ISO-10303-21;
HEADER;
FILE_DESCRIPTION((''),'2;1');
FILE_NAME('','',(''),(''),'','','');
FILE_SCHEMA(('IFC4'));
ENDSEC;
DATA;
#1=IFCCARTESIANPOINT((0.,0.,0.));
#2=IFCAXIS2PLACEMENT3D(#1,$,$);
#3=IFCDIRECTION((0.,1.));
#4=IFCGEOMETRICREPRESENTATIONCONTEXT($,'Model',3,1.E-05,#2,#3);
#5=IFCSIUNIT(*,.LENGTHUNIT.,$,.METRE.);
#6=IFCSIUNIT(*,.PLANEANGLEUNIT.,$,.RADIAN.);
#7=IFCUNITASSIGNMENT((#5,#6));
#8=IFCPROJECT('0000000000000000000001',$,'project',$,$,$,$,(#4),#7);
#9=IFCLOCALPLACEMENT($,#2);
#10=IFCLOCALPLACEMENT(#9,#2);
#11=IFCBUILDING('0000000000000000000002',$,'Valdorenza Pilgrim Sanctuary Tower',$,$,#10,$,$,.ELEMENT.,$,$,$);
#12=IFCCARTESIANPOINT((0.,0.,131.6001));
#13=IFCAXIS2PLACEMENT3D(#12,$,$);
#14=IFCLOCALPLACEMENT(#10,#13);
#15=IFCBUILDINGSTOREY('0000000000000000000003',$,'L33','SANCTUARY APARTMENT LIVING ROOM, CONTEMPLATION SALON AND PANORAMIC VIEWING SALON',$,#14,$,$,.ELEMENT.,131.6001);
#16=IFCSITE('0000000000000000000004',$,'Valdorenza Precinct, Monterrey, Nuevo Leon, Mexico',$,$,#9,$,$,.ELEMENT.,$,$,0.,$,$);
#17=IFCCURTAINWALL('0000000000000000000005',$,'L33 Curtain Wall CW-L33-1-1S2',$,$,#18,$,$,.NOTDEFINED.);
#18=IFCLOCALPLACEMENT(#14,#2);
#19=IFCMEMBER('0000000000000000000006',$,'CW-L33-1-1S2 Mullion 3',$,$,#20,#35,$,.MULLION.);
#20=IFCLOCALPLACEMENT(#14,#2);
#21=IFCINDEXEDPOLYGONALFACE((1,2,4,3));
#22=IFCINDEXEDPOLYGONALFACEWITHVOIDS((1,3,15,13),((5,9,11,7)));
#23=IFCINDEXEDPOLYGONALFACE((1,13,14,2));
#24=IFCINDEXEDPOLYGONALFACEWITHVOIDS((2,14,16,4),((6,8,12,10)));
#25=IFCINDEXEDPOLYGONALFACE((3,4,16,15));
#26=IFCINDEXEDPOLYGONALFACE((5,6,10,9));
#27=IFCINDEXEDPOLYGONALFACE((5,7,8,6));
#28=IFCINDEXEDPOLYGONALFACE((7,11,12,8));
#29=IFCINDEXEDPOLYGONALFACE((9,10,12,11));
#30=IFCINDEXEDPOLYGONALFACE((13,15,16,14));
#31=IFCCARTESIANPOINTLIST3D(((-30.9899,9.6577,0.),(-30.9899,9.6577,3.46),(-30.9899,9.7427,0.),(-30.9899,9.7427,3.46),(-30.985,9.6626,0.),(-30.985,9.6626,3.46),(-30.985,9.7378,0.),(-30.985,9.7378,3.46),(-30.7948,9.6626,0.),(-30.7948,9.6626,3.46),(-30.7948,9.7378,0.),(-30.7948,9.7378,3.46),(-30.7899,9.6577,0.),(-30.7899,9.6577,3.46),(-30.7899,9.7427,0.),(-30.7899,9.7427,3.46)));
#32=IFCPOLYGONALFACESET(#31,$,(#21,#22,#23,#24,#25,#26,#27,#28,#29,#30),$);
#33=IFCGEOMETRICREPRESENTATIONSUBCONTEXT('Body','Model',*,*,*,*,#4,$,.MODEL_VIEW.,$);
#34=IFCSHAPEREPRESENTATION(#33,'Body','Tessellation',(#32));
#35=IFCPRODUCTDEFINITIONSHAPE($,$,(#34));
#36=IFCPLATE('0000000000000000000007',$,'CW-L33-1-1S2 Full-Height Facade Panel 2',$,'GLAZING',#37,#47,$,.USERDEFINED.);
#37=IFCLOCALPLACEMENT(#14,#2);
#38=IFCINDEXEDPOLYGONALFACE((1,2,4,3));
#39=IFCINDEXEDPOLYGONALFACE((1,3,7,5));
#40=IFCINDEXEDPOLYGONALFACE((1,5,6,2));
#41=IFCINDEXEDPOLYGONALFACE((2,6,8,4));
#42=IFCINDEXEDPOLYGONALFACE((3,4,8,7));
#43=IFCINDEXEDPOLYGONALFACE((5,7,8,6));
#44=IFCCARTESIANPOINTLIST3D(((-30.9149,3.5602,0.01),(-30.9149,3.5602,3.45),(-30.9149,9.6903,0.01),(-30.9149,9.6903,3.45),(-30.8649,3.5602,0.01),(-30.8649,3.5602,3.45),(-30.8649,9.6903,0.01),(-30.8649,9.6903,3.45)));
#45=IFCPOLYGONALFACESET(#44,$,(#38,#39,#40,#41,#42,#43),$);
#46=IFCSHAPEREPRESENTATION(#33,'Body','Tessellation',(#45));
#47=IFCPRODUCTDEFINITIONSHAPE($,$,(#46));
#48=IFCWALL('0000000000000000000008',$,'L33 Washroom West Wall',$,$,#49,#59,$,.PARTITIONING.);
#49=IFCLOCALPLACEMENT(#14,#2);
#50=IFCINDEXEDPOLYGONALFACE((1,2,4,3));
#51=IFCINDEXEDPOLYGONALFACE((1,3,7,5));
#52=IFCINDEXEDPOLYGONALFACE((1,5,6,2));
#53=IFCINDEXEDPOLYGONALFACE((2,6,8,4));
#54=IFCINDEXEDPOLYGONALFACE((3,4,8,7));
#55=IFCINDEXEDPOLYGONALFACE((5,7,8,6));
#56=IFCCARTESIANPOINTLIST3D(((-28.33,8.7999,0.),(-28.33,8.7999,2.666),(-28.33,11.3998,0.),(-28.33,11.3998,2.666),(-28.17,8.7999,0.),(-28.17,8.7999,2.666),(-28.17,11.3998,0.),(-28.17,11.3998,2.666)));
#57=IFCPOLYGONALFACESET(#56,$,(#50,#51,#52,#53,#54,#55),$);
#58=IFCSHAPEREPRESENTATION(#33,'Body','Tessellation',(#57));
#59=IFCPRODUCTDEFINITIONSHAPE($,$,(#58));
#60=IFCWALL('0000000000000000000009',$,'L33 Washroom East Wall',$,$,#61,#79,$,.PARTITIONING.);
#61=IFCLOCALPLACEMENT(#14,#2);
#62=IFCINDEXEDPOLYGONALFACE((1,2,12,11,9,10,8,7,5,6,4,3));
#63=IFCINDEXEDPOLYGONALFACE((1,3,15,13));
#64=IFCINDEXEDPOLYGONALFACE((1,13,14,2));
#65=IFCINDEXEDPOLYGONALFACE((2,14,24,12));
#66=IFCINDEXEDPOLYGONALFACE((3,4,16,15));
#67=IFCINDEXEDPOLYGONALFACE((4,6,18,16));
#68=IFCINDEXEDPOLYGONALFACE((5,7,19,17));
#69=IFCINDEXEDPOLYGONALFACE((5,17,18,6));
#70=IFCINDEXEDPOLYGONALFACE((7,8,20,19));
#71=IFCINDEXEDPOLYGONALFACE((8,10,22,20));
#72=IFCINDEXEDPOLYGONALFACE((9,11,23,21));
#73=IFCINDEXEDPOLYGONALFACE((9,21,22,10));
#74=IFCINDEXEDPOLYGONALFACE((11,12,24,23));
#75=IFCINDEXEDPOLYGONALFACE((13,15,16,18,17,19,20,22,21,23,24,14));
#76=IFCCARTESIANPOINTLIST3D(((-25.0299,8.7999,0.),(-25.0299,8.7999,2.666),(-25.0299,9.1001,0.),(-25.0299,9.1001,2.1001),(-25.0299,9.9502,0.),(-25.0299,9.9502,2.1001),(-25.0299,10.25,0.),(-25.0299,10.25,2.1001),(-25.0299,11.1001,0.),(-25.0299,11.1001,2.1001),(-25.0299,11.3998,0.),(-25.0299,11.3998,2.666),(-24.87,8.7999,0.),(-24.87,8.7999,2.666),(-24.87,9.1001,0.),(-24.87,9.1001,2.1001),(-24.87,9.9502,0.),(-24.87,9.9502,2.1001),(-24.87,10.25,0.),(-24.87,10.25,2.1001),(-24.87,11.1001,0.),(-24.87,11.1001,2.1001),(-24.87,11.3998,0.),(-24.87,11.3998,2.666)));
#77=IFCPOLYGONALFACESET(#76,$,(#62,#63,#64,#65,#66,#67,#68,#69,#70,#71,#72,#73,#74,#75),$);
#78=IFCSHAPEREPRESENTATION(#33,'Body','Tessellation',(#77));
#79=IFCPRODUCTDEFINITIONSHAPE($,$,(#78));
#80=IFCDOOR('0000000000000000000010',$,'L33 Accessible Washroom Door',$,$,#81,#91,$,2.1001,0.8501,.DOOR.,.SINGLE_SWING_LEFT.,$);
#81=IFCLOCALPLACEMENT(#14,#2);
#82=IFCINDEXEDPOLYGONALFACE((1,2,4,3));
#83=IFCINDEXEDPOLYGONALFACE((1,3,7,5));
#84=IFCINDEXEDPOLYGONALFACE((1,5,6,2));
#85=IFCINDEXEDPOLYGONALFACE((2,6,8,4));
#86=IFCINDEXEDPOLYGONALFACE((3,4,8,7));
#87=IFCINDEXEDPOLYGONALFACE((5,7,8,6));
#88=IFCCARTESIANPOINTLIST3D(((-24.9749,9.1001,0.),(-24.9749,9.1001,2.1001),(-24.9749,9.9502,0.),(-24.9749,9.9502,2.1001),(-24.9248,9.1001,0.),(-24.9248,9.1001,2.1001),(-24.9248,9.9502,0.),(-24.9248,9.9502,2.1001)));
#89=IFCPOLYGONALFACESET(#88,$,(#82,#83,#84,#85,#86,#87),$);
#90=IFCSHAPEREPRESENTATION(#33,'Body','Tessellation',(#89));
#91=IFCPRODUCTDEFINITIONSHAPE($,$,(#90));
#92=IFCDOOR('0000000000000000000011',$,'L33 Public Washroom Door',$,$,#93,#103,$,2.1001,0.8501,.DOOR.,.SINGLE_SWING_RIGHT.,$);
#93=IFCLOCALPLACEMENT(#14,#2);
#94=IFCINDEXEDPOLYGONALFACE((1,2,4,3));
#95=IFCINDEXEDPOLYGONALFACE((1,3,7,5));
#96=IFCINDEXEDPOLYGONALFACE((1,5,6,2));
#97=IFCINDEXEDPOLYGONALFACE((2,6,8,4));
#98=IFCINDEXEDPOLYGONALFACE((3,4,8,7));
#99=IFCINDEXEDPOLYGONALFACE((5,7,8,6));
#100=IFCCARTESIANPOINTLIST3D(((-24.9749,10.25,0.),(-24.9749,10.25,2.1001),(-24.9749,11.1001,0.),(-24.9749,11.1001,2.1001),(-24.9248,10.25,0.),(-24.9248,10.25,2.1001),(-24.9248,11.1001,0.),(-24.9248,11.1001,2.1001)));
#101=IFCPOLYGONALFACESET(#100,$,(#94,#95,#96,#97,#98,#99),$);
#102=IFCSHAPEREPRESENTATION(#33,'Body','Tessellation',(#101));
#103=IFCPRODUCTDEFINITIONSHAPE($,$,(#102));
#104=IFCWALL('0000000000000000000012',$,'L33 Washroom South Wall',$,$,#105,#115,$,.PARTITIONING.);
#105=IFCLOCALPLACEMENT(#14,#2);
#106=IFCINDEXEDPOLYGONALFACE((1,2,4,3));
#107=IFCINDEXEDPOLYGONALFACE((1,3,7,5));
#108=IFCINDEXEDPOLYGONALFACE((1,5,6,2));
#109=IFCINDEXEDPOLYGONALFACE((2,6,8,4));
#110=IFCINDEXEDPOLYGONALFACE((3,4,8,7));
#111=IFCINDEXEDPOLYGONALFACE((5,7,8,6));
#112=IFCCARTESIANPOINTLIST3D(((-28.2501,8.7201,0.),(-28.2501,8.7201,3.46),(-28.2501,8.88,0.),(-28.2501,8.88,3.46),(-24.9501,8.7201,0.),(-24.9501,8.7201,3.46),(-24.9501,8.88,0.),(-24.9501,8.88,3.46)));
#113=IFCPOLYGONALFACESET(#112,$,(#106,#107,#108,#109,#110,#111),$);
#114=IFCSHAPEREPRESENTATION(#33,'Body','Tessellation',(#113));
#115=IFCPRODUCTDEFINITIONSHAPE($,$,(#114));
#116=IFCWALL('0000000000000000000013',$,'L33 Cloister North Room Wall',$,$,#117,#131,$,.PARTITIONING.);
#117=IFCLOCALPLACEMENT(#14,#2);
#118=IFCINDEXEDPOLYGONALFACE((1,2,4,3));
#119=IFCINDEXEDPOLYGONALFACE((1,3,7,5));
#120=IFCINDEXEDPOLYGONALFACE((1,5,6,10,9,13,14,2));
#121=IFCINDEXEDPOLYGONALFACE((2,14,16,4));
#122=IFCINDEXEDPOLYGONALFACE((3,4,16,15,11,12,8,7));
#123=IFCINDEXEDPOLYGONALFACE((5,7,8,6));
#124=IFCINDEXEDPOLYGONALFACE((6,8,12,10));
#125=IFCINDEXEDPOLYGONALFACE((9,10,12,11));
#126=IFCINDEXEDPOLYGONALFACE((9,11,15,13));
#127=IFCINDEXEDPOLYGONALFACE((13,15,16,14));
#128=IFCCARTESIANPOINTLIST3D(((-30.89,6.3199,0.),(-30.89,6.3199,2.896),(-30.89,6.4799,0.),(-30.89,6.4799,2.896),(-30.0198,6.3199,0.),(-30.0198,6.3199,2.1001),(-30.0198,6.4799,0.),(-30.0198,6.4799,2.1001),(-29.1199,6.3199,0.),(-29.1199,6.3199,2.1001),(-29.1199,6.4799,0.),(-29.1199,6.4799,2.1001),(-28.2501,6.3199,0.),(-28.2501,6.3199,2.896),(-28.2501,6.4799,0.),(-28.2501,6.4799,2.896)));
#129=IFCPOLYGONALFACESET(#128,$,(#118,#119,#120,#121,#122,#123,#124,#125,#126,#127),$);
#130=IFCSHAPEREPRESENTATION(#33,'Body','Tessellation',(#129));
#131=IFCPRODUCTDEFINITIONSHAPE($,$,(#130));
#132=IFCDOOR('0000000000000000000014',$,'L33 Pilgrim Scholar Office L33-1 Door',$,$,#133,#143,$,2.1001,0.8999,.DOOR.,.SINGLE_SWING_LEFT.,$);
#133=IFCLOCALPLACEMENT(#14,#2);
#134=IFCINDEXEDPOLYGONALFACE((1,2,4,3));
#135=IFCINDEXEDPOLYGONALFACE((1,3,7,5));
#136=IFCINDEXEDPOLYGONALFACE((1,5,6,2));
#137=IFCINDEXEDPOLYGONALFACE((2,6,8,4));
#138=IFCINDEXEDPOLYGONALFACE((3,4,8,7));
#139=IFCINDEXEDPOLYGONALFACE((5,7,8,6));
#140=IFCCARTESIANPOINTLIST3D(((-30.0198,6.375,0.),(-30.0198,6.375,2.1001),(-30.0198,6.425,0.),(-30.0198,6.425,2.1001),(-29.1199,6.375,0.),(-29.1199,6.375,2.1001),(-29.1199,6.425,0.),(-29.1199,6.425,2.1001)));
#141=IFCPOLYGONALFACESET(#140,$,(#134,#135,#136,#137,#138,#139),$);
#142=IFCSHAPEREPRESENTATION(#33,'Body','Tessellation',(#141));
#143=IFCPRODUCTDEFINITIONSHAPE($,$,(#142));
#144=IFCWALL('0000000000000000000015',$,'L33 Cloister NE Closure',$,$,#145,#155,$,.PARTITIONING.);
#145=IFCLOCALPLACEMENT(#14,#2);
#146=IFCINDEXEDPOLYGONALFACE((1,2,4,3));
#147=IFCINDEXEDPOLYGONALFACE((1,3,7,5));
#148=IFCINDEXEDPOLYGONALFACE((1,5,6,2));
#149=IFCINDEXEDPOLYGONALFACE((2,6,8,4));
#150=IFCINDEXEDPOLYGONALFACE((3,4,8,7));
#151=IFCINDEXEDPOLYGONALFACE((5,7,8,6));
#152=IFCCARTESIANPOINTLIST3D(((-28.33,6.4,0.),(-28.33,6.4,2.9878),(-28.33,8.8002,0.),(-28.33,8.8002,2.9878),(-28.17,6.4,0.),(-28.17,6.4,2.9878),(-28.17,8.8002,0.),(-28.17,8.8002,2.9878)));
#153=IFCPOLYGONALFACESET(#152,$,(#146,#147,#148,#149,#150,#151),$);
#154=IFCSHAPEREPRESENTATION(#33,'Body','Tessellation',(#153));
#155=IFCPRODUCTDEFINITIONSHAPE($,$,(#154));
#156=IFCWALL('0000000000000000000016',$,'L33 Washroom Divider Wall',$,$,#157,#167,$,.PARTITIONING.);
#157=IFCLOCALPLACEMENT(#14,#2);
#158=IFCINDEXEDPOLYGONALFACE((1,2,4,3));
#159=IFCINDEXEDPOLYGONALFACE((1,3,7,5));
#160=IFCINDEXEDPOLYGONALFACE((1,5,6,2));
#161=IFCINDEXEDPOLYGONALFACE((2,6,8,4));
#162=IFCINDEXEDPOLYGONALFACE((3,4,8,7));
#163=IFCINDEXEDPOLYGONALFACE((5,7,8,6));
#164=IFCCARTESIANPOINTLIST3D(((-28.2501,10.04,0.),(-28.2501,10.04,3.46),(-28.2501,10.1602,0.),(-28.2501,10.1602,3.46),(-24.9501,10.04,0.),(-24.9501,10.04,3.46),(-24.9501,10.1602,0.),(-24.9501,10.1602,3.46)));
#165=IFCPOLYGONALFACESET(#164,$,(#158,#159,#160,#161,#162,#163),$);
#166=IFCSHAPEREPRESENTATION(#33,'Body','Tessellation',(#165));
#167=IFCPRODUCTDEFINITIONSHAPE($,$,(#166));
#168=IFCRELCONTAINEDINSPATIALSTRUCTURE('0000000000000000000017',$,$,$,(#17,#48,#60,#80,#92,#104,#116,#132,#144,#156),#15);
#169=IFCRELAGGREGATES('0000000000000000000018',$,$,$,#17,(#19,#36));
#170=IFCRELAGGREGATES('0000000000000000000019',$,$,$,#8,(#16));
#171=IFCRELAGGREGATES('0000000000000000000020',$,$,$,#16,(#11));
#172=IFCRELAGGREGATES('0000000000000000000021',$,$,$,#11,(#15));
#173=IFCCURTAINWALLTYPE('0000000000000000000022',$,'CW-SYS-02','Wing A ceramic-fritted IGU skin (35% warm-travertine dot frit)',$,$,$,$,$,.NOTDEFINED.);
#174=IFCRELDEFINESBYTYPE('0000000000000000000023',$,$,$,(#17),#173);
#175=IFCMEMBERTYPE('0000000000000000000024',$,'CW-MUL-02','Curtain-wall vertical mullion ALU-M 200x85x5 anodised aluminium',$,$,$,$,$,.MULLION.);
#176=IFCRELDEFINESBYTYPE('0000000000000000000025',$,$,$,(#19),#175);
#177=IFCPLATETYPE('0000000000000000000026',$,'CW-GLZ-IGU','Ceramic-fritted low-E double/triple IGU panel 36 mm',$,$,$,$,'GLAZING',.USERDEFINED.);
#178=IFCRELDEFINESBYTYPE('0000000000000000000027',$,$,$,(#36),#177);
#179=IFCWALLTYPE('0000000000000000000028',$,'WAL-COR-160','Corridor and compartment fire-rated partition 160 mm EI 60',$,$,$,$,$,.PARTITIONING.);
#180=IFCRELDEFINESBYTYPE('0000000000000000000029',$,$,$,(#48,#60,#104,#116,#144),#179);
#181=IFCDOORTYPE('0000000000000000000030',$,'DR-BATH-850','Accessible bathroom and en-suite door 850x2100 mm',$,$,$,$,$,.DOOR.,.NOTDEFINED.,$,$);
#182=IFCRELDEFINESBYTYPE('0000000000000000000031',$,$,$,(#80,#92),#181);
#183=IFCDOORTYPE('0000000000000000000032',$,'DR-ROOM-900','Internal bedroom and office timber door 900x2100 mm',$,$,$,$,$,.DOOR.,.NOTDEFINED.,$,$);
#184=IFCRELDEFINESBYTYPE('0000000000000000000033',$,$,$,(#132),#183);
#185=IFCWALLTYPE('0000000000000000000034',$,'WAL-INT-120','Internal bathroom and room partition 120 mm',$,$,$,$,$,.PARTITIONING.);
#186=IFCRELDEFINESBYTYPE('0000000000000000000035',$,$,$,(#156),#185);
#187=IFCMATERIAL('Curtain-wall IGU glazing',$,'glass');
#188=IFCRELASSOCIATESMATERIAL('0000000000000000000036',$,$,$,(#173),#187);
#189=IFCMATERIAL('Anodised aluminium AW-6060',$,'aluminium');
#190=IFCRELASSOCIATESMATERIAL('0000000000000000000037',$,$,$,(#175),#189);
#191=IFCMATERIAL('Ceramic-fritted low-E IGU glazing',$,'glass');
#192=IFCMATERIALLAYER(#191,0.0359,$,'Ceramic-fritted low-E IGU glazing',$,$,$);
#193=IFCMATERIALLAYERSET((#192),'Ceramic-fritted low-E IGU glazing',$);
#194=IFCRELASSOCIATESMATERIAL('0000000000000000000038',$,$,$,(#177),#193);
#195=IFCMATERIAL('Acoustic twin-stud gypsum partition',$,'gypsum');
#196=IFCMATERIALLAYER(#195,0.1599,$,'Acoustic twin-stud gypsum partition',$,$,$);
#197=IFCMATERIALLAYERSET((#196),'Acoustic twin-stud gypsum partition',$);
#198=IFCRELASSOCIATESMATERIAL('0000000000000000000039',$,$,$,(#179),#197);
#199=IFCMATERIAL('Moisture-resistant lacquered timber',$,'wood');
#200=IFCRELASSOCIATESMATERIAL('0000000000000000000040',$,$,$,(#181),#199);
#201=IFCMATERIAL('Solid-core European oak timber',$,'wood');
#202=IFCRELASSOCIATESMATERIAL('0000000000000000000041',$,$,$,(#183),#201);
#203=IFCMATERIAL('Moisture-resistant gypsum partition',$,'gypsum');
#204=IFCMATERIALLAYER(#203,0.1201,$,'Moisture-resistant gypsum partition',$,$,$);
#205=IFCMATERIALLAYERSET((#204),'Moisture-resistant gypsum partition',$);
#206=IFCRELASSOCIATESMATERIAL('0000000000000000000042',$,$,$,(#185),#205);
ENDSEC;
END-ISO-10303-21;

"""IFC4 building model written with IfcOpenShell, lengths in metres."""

from ifc_helpers import new_model, si_unit, direction, frame, frame_2d, origin, origin_2d, place, context, subcontext, project, spatial, rectangle, hollow_rectangle, extrude, source, transform, mapped, material, layer, layer_set, material_profile, profile_set, type_object, element, fill, aggregate, save


model = new_model("IFC4")

# Units and contexts
model_context = context("Model", 3, precision=1e-05, world=origin(), true_north=direction((0.0, 1.0)))
body_context = subcontext(model_context, "Body", "Model", "MODEL_VIEW")
ifc_project = project(units=[si_unit("LENGTHUNIT", "METRE"), si_unit("PLANEANGLEUNIT", "RADIAN")], contexts=[model_context])

# Site, building, storey
site_placement = place(None, origin())
site = spatial("IfcSite", under=ifc_project, at=site_placement, Name="Valdorenza Precinct, Monterrey, Nuevo Leon, Mexico", CompositionType="ELEMENT", RefElevation=0.0)
building_placement = place(site_placement, origin())
building = spatial("IfcBuilding", under=site, at=building_placement, Name="Valdorenza Pilgrim Sanctuary Tower", CompositionType="ELEMENT")
storey_placement = place(building_placement, frame((0.0, 0.0, 131.6001)))
storey = spatial("IfcBuildingStorey", under=building, at=storey_placement, Name="L33", Description="SANCTUARY APARTMENT LIVING ROOM, CONTEMPLATION SALON AND PANORAMIC VIEWING SALON", CompositionType="ELEMENT", Elevation=131.6001)

# Curtain wall, member, plate
ifc_material_1 = material(Name="Curtain-wall IGU glazing", Category="glass")
curtain_wall_type = type_object("IfcCurtainWallType", Name="CW-SYS-02", Description="Wing A ceramic-fritted IGU skin (35% warm-travertine dot frit)", PredefinedType="NOTDEFINED", material=ifc_material_1)
curtain_wall_placement = place(storey_placement, origin())
curtain_wall = element("IfcCurtainWall", 1, at=curtain_wall_placement, inside=storey, type_object=curtain_wall_type, Name="L33 Curtain Wall CW-L33-1-1S2", PredefinedType="NOTDEFINED")
ifc_material_2 = material(Name="Anodised aluminium AW-6060", Category="aluminium")
ifc_material_profile_1 = material_profile(ifc_material_2, hollow_rectangle(XDim=0.085, YDim=0.2, WallThickness=0.0049, at=origin_2d()), Name="ALU-M 200x85x5")
ifc_profile_set_1 = profile_set([ifc_material_profile_1], Name="Anodised aluminium AW-6060")
member_type = type_object("IfcMemberType", Name="CW-MUL-02", Description="Curtain-wall vertical mullion ALU-M 200x85x5 anodised aluminium", PredefinedType="MULLION", material=ifc_profile_set_1)
shared_shape_1 = source(origin(), body_context, "Body", "SweptSolid", [
    extrude(hollow_rectangle(XDim=0.085, YDim=0.2, WallThickness=0.0049, at=origin_2d()), origin(), (0.0, 0.0, 1.0), 3.46),
])
member_placement = place(storey_placement, frame((-30.8899, 9.7002, 0.0), z_axis=(0.0, 0.0, 1.0), x_axis=(0.0, 1.0, 0.0)))
member = element("IfcMember", 2, at=member_placement, type_object=member_type, Name="CW-L33-1-1S2 Mullion 3", PredefinedType="MULLION", context=body_context, shape_type="MappedRepresentation", body=[
    mapped(shared_shape_1, transform((0.0, 0.0, 0.0), x_axis=(1.0, 0.0, 0.0), y_axis=(0.0, 1.0, 0.0), z_axis=(0.0, 0.0, 1.0), scale=1.0)),
])
ifc_material_3 = material(Name="Ceramic-fritted low-E IGU glazing", Category="glass")
ifc_layer_1 = layer(ifc_material_3, 0.0359, Name="Ceramic-fritted low-E IGU glazing")
ifc_layer_set_1 = layer_set([ifc_layer_1], Name="Ceramic-fritted low-E IGU glazing")
plate_type = type_object("IfcPlateType", Name="CW-GLZ-IGU", Description="Ceramic-fritted low-E double/triple IGU panel 36 mm", ElementType="GLAZING", PredefinedType="USERDEFINED", material=ifc_layer_set_1)
shared_shape_2 = source(origin(), body_context, "Body", "SweptSolid", [
    extrude(rectangle(XDim=6.1301, YDim=0.05, at=origin_2d()), origin(), (0.0, 0.0, 1.0), 3.4399),
])
plate_placement = place(storey_placement, frame((-30.8899, 6.6252, 0.01), z_axis=(0.0, 0.0, 1.0), x_axis=(0.0, 1.0, 0.0)))
plate = element("IfcPlate", 3, at=plate_placement, type_object=plate_type, Name="CW-L33-1-1S2 Full-Height Facade Panel 2", ObjectType="GLAZING", PredefinedType="USERDEFINED", context=body_context, shape_type="MappedRepresentation", body=[
    mapped(shared_shape_2, transform((0.0, 0.0, 0.0), x_axis=(1.0, 0.0, 0.0), y_axis=(0.0, 1.0, 0.0), z_axis=(0.0, 0.0, 1.0), scale=1.0)),
])
aggregate(curtain_wall, [member, plate])

# Wall
ifc_material_4 = material(Name="Acoustic twin-stud gypsum partition", Category="gypsum")
ifc_layer_2 = layer(ifc_material_4, 0.1599, Name="Acoustic twin-stud gypsum partition")
ifc_layer_set_2 = layer_set([ifc_layer_2], Name="Acoustic twin-stud gypsum partition")
wall_type_1 = type_object("IfcWallType", Name="WAL-COR-160", Description="Corridor and compartment fire-rated partition 160 mm EI 60", PredefinedType="PARTITIONING", material=ifc_layer_set_2)
wall_1_placement = place(storey_placement, frame((-28.25, 8.8, 0.0), z_axis=(0.0, 0.0, 1.0), x_axis=(0.0, 1.0, 0.0)))
element("IfcWall", 4, at=wall_1_placement, inside=storey, type_object=wall_type_1, Name="L33 Washroom West Wall", PredefinedType="PARTITIONING", context=body_context, shape_type="SweptSolid", body=[
    extrude(rectangle(XDim=2.5999, YDim=0.1599, at=frame_2d((1.2998, 0.0))), origin(), (0.0, 0.0, 1.0), 2.666),
])

# Wall, openings, doors
wall_2_placement = place(storey_placement, frame((-24.95, 8.8, 0.0), z_axis=(0.0, 0.0, 1.0), x_axis=(0.0, 1.0, 0.0)))
wall_2 = element("IfcWall", 5, at=wall_2_placement, inside=storey, type_object=wall_type_1, Name="L33 Washroom East Wall", PredefinedType="PARTITIONING", context=body_context, shape_type="SweptSolid", body=[
    extrude(rectangle(XDim=2.5999, YDim=0.1599, at=frame_2d((1.2998, 0.0))), origin(), (0.0, 0.0, 1.0), 2.666),
])
opening_1_placement = place(wall_2_placement, frame((0.3, 0.0, 0.0)))
opening_1 = element("IfcOpeningElement", 6, at=opening_1_placement, cuts=wall_2, PredefinedType="OPENING", context=body_context, shape_type="SweptSolid", body=[
    extrude(rectangle(XDim=0.8501, YDim=2.1001, at=frame_2d((0.425, 1.05))), frame((0.0, 0.0947, 0.0), z_axis=(0.0, -1.0, 0.0), x_axis=(1.0, 0.0, 0.0)), (0.0, 0.0, 1.0), 0.1897),
])
opening_2_placement = place(wall_2_placement, frame((1.45, 0.0, 0.0)))
opening_2 = element("IfcOpeningElement", 7, at=opening_2_placement, cuts=wall_2, PredefinedType="OPENING", context=body_context, shape_type="SweptSolid", body=[
    extrude(rectangle(XDim=0.8501, YDim=2.1001, at=frame_2d((0.425, 1.05))), frame((0.0, 0.0947, 0.0), z_axis=(0.0, -1.0, 0.0), x_axis=(1.0, 0.0, 0.0)), (0.0, 0.0, 1.0), 0.1897),
])
ifc_material_5 = material(Name="Moisture-resistant lacquered timber", Category="wood")
door_type_1 = type_object("IfcDoorType", Name="DR-BATH-850", Description="Accessible bathroom and en-suite door 850x2100 mm", OperationType="NOTDEFINED", PredefinedType="DOOR", material=ifc_material_5)
door_1_placement = place(opening_1_placement, origin())
door_1 = element("IfcDoor", 8, at=door_1_placement, inside=storey, type_object=door_type_1, Name="L33 Accessible Washroom Door", OperationType="SINGLE_SWING_LEFT", OverallHeight=2.1001, OverallWidth=0.8501, PredefinedType="DOOR", context=body_context, shape_type="SweptSolid", body=[
    extrude(rectangle(XDim=0.8501, YDim=2.1001, at=frame_2d((0.425, 1.05))), frame((0.0, 0.0249, 0.0), z_axis=(0.0, -1.0, 0.0), x_axis=(1.0, 0.0, 0.0)), (0.0, 0.0, 1.0), 0.05),
])
fill(opening_1, door_1)
door_2_placement = place(opening_2_placement, origin())
door_2 = element("IfcDoor", 9, at=door_2_placement, inside=storey, type_object=door_type_1, Name="L33 Public Washroom Door", OperationType="SINGLE_SWING_RIGHT", OverallHeight=2.1001, OverallWidth=0.8501, PredefinedType="DOOR", context=body_context, shape_type="SweptSolid", body=[
    extrude(rectangle(XDim=0.8501, YDim=2.1001, at=frame_2d((0.425, 1.05))), frame((0.0, 0.0249, 0.0), z_axis=(0.0, -1.0, 0.0), x_axis=(1.0, 0.0, 0.0)), (0.0, 0.0, 1.0), 0.05),
])
fill(opening_2, door_2)

# Wall
wall_3_placement = place(storey_placement, frame((-28.25, 8.8, 0.0), z_axis=(0.0, 0.0, 1.0), x_axis=(1.0, 0.0, 0.0)))
element("IfcWall", 10, at=wall_3_placement, inside=storey, type_object=wall_type_1, Name="L33 Washroom South Wall", PredefinedType="PARTITIONING", context=body_context, shape_type="SweptSolid", body=[
    extrude(rectangle(XDim=3.3, YDim=0.1599, at=frame_2d((1.6499, 0.0))), origin(), (0.0, 0.0, 1.0), 3.46),
])

# Wall, opening, door
wall_4_placement = place(storey_placement, frame((-30.8899, 6.3999, 0.0), z_axis=(0.0, 0.0, 1.0), x_axis=(1.0, 0.0, 0.0)))
wall_4 = element("IfcWall", 11, at=wall_4_placement, inside=storey, type_object=wall_type_1, Name="L33 Cloister North Room Wall", PredefinedType="PARTITIONING", context=body_context, shape_type="SweptSolid", body=[
    extrude(rectangle(XDim=2.6399, YDim=0.1599, at=frame_2d((1.3198, 0.0))), origin(), (0.0, 0.0, 1.0), 2.896),
])
opening_3_placement = place(wall_4_placement, frame((0.8701, 0.0, 0.0)))
opening_3 = element("IfcOpeningElement", 12, at=opening_3_placement, cuts=wall_4, PredefinedType="OPENING", context=body_context, shape_type="SweptSolid", body=[
    extrude(rectangle(XDim=0.8999, YDim=2.1001, at=frame_2d((0.45, 1.05))), frame((0.0, 0.0947, 0.0), z_axis=(0.0, -1.0, 0.0), x_axis=(1.0, 0.0, 0.0)), (0.0, 0.0, 1.0), 0.1897),
])
ifc_material_6 = material(Name="Solid-core European oak timber", Category="wood")
door_type_2 = type_object("IfcDoorType", Name="DR-ROOM-900", Description="Internal bedroom and office timber door 900x2100 mm", OperationType="NOTDEFINED", PredefinedType="DOOR", material=ifc_material_6)
door_3_placement = place(opening_3_placement, frame((0.8999, 0.0, 0.0), z_axis=(0.0, 0.0, 1.0), x_axis=(-1.0, 0.0, 0.0)))
door_3 = element("IfcDoor", 13, at=door_3_placement, inside=storey, type_object=door_type_2, Name="L33 Pilgrim Scholar Office L33-1 Door", OperationType="SINGLE_SWING_LEFT", OverallHeight=2.1001, OverallWidth=0.8999, PredefinedType="DOOR", context=body_context, shape_type="SweptSolid", body=[
    extrude(rectangle(XDim=0.8999, YDim=2.1001, at=frame_2d((0.45, 1.05))), frame((0.0, 0.0249, 0.0), z_axis=(0.0, -1.0, 0.0), x_axis=(1.0, 0.0, 0.0)), (0.0, 0.0, 1.0), 0.05),
])
fill(opening_3, door_3)

# Walls
wall_5_placement = place(storey_placement, frame((-28.25, 6.3999, 0.0), z_axis=(0.0, 0.0, 1.0), x_axis=(0.0, 1.0, 0.0)))
element("IfcWall", 14, at=wall_5_placement, inside=storey, type_object=wall_type_1, Name="L33 Cloister NE Closure", PredefinedType="PARTITIONING", context=body_context, shape_type="SweptSolid", body=[
    extrude(rectangle(XDim=2.4001, YDim=0.1599, at=frame_2d((1.2002, 0.0))), origin(), (0.0, 0.0, 1.0), 2.9878),
])
ifc_material_7 = material(Name="Moisture-resistant gypsum partition", Category="gypsum")
ifc_layer_3 = layer(ifc_material_7, 0.1201, Name="Moisture-resistant gypsum partition")
ifc_layer_set_3 = layer_set([ifc_layer_3], Name="Moisture-resistant gypsum partition")
wall_type_2 = type_object("IfcWallType", Name="WAL-INT-120", Description="Internal bathroom and room partition 120 mm", PredefinedType="PARTITIONING", material=ifc_layer_set_3)
wall_6_placement = place(storey_placement, frame((-28.25, 10.1001, 0.0), z_axis=(0.0, 0.0, 1.0), x_axis=(1.0, 0.0, 0.0)))
element("IfcWall", 15, at=wall_6_placement, inside=storey, type_object=wall_type_2, Name="L33 Washroom Divider Wall", PredefinedType="PARTITIONING", context=body_context, shape_type="SweptSolid", body=[
    extrude(rectangle(XDim=3.3, YDim=0.1201, at=frame_2d((1.6499, 0.0))), origin(), (0.0, 0.0, 1.0), 3.46),
])

save(model, "model.ifc")
